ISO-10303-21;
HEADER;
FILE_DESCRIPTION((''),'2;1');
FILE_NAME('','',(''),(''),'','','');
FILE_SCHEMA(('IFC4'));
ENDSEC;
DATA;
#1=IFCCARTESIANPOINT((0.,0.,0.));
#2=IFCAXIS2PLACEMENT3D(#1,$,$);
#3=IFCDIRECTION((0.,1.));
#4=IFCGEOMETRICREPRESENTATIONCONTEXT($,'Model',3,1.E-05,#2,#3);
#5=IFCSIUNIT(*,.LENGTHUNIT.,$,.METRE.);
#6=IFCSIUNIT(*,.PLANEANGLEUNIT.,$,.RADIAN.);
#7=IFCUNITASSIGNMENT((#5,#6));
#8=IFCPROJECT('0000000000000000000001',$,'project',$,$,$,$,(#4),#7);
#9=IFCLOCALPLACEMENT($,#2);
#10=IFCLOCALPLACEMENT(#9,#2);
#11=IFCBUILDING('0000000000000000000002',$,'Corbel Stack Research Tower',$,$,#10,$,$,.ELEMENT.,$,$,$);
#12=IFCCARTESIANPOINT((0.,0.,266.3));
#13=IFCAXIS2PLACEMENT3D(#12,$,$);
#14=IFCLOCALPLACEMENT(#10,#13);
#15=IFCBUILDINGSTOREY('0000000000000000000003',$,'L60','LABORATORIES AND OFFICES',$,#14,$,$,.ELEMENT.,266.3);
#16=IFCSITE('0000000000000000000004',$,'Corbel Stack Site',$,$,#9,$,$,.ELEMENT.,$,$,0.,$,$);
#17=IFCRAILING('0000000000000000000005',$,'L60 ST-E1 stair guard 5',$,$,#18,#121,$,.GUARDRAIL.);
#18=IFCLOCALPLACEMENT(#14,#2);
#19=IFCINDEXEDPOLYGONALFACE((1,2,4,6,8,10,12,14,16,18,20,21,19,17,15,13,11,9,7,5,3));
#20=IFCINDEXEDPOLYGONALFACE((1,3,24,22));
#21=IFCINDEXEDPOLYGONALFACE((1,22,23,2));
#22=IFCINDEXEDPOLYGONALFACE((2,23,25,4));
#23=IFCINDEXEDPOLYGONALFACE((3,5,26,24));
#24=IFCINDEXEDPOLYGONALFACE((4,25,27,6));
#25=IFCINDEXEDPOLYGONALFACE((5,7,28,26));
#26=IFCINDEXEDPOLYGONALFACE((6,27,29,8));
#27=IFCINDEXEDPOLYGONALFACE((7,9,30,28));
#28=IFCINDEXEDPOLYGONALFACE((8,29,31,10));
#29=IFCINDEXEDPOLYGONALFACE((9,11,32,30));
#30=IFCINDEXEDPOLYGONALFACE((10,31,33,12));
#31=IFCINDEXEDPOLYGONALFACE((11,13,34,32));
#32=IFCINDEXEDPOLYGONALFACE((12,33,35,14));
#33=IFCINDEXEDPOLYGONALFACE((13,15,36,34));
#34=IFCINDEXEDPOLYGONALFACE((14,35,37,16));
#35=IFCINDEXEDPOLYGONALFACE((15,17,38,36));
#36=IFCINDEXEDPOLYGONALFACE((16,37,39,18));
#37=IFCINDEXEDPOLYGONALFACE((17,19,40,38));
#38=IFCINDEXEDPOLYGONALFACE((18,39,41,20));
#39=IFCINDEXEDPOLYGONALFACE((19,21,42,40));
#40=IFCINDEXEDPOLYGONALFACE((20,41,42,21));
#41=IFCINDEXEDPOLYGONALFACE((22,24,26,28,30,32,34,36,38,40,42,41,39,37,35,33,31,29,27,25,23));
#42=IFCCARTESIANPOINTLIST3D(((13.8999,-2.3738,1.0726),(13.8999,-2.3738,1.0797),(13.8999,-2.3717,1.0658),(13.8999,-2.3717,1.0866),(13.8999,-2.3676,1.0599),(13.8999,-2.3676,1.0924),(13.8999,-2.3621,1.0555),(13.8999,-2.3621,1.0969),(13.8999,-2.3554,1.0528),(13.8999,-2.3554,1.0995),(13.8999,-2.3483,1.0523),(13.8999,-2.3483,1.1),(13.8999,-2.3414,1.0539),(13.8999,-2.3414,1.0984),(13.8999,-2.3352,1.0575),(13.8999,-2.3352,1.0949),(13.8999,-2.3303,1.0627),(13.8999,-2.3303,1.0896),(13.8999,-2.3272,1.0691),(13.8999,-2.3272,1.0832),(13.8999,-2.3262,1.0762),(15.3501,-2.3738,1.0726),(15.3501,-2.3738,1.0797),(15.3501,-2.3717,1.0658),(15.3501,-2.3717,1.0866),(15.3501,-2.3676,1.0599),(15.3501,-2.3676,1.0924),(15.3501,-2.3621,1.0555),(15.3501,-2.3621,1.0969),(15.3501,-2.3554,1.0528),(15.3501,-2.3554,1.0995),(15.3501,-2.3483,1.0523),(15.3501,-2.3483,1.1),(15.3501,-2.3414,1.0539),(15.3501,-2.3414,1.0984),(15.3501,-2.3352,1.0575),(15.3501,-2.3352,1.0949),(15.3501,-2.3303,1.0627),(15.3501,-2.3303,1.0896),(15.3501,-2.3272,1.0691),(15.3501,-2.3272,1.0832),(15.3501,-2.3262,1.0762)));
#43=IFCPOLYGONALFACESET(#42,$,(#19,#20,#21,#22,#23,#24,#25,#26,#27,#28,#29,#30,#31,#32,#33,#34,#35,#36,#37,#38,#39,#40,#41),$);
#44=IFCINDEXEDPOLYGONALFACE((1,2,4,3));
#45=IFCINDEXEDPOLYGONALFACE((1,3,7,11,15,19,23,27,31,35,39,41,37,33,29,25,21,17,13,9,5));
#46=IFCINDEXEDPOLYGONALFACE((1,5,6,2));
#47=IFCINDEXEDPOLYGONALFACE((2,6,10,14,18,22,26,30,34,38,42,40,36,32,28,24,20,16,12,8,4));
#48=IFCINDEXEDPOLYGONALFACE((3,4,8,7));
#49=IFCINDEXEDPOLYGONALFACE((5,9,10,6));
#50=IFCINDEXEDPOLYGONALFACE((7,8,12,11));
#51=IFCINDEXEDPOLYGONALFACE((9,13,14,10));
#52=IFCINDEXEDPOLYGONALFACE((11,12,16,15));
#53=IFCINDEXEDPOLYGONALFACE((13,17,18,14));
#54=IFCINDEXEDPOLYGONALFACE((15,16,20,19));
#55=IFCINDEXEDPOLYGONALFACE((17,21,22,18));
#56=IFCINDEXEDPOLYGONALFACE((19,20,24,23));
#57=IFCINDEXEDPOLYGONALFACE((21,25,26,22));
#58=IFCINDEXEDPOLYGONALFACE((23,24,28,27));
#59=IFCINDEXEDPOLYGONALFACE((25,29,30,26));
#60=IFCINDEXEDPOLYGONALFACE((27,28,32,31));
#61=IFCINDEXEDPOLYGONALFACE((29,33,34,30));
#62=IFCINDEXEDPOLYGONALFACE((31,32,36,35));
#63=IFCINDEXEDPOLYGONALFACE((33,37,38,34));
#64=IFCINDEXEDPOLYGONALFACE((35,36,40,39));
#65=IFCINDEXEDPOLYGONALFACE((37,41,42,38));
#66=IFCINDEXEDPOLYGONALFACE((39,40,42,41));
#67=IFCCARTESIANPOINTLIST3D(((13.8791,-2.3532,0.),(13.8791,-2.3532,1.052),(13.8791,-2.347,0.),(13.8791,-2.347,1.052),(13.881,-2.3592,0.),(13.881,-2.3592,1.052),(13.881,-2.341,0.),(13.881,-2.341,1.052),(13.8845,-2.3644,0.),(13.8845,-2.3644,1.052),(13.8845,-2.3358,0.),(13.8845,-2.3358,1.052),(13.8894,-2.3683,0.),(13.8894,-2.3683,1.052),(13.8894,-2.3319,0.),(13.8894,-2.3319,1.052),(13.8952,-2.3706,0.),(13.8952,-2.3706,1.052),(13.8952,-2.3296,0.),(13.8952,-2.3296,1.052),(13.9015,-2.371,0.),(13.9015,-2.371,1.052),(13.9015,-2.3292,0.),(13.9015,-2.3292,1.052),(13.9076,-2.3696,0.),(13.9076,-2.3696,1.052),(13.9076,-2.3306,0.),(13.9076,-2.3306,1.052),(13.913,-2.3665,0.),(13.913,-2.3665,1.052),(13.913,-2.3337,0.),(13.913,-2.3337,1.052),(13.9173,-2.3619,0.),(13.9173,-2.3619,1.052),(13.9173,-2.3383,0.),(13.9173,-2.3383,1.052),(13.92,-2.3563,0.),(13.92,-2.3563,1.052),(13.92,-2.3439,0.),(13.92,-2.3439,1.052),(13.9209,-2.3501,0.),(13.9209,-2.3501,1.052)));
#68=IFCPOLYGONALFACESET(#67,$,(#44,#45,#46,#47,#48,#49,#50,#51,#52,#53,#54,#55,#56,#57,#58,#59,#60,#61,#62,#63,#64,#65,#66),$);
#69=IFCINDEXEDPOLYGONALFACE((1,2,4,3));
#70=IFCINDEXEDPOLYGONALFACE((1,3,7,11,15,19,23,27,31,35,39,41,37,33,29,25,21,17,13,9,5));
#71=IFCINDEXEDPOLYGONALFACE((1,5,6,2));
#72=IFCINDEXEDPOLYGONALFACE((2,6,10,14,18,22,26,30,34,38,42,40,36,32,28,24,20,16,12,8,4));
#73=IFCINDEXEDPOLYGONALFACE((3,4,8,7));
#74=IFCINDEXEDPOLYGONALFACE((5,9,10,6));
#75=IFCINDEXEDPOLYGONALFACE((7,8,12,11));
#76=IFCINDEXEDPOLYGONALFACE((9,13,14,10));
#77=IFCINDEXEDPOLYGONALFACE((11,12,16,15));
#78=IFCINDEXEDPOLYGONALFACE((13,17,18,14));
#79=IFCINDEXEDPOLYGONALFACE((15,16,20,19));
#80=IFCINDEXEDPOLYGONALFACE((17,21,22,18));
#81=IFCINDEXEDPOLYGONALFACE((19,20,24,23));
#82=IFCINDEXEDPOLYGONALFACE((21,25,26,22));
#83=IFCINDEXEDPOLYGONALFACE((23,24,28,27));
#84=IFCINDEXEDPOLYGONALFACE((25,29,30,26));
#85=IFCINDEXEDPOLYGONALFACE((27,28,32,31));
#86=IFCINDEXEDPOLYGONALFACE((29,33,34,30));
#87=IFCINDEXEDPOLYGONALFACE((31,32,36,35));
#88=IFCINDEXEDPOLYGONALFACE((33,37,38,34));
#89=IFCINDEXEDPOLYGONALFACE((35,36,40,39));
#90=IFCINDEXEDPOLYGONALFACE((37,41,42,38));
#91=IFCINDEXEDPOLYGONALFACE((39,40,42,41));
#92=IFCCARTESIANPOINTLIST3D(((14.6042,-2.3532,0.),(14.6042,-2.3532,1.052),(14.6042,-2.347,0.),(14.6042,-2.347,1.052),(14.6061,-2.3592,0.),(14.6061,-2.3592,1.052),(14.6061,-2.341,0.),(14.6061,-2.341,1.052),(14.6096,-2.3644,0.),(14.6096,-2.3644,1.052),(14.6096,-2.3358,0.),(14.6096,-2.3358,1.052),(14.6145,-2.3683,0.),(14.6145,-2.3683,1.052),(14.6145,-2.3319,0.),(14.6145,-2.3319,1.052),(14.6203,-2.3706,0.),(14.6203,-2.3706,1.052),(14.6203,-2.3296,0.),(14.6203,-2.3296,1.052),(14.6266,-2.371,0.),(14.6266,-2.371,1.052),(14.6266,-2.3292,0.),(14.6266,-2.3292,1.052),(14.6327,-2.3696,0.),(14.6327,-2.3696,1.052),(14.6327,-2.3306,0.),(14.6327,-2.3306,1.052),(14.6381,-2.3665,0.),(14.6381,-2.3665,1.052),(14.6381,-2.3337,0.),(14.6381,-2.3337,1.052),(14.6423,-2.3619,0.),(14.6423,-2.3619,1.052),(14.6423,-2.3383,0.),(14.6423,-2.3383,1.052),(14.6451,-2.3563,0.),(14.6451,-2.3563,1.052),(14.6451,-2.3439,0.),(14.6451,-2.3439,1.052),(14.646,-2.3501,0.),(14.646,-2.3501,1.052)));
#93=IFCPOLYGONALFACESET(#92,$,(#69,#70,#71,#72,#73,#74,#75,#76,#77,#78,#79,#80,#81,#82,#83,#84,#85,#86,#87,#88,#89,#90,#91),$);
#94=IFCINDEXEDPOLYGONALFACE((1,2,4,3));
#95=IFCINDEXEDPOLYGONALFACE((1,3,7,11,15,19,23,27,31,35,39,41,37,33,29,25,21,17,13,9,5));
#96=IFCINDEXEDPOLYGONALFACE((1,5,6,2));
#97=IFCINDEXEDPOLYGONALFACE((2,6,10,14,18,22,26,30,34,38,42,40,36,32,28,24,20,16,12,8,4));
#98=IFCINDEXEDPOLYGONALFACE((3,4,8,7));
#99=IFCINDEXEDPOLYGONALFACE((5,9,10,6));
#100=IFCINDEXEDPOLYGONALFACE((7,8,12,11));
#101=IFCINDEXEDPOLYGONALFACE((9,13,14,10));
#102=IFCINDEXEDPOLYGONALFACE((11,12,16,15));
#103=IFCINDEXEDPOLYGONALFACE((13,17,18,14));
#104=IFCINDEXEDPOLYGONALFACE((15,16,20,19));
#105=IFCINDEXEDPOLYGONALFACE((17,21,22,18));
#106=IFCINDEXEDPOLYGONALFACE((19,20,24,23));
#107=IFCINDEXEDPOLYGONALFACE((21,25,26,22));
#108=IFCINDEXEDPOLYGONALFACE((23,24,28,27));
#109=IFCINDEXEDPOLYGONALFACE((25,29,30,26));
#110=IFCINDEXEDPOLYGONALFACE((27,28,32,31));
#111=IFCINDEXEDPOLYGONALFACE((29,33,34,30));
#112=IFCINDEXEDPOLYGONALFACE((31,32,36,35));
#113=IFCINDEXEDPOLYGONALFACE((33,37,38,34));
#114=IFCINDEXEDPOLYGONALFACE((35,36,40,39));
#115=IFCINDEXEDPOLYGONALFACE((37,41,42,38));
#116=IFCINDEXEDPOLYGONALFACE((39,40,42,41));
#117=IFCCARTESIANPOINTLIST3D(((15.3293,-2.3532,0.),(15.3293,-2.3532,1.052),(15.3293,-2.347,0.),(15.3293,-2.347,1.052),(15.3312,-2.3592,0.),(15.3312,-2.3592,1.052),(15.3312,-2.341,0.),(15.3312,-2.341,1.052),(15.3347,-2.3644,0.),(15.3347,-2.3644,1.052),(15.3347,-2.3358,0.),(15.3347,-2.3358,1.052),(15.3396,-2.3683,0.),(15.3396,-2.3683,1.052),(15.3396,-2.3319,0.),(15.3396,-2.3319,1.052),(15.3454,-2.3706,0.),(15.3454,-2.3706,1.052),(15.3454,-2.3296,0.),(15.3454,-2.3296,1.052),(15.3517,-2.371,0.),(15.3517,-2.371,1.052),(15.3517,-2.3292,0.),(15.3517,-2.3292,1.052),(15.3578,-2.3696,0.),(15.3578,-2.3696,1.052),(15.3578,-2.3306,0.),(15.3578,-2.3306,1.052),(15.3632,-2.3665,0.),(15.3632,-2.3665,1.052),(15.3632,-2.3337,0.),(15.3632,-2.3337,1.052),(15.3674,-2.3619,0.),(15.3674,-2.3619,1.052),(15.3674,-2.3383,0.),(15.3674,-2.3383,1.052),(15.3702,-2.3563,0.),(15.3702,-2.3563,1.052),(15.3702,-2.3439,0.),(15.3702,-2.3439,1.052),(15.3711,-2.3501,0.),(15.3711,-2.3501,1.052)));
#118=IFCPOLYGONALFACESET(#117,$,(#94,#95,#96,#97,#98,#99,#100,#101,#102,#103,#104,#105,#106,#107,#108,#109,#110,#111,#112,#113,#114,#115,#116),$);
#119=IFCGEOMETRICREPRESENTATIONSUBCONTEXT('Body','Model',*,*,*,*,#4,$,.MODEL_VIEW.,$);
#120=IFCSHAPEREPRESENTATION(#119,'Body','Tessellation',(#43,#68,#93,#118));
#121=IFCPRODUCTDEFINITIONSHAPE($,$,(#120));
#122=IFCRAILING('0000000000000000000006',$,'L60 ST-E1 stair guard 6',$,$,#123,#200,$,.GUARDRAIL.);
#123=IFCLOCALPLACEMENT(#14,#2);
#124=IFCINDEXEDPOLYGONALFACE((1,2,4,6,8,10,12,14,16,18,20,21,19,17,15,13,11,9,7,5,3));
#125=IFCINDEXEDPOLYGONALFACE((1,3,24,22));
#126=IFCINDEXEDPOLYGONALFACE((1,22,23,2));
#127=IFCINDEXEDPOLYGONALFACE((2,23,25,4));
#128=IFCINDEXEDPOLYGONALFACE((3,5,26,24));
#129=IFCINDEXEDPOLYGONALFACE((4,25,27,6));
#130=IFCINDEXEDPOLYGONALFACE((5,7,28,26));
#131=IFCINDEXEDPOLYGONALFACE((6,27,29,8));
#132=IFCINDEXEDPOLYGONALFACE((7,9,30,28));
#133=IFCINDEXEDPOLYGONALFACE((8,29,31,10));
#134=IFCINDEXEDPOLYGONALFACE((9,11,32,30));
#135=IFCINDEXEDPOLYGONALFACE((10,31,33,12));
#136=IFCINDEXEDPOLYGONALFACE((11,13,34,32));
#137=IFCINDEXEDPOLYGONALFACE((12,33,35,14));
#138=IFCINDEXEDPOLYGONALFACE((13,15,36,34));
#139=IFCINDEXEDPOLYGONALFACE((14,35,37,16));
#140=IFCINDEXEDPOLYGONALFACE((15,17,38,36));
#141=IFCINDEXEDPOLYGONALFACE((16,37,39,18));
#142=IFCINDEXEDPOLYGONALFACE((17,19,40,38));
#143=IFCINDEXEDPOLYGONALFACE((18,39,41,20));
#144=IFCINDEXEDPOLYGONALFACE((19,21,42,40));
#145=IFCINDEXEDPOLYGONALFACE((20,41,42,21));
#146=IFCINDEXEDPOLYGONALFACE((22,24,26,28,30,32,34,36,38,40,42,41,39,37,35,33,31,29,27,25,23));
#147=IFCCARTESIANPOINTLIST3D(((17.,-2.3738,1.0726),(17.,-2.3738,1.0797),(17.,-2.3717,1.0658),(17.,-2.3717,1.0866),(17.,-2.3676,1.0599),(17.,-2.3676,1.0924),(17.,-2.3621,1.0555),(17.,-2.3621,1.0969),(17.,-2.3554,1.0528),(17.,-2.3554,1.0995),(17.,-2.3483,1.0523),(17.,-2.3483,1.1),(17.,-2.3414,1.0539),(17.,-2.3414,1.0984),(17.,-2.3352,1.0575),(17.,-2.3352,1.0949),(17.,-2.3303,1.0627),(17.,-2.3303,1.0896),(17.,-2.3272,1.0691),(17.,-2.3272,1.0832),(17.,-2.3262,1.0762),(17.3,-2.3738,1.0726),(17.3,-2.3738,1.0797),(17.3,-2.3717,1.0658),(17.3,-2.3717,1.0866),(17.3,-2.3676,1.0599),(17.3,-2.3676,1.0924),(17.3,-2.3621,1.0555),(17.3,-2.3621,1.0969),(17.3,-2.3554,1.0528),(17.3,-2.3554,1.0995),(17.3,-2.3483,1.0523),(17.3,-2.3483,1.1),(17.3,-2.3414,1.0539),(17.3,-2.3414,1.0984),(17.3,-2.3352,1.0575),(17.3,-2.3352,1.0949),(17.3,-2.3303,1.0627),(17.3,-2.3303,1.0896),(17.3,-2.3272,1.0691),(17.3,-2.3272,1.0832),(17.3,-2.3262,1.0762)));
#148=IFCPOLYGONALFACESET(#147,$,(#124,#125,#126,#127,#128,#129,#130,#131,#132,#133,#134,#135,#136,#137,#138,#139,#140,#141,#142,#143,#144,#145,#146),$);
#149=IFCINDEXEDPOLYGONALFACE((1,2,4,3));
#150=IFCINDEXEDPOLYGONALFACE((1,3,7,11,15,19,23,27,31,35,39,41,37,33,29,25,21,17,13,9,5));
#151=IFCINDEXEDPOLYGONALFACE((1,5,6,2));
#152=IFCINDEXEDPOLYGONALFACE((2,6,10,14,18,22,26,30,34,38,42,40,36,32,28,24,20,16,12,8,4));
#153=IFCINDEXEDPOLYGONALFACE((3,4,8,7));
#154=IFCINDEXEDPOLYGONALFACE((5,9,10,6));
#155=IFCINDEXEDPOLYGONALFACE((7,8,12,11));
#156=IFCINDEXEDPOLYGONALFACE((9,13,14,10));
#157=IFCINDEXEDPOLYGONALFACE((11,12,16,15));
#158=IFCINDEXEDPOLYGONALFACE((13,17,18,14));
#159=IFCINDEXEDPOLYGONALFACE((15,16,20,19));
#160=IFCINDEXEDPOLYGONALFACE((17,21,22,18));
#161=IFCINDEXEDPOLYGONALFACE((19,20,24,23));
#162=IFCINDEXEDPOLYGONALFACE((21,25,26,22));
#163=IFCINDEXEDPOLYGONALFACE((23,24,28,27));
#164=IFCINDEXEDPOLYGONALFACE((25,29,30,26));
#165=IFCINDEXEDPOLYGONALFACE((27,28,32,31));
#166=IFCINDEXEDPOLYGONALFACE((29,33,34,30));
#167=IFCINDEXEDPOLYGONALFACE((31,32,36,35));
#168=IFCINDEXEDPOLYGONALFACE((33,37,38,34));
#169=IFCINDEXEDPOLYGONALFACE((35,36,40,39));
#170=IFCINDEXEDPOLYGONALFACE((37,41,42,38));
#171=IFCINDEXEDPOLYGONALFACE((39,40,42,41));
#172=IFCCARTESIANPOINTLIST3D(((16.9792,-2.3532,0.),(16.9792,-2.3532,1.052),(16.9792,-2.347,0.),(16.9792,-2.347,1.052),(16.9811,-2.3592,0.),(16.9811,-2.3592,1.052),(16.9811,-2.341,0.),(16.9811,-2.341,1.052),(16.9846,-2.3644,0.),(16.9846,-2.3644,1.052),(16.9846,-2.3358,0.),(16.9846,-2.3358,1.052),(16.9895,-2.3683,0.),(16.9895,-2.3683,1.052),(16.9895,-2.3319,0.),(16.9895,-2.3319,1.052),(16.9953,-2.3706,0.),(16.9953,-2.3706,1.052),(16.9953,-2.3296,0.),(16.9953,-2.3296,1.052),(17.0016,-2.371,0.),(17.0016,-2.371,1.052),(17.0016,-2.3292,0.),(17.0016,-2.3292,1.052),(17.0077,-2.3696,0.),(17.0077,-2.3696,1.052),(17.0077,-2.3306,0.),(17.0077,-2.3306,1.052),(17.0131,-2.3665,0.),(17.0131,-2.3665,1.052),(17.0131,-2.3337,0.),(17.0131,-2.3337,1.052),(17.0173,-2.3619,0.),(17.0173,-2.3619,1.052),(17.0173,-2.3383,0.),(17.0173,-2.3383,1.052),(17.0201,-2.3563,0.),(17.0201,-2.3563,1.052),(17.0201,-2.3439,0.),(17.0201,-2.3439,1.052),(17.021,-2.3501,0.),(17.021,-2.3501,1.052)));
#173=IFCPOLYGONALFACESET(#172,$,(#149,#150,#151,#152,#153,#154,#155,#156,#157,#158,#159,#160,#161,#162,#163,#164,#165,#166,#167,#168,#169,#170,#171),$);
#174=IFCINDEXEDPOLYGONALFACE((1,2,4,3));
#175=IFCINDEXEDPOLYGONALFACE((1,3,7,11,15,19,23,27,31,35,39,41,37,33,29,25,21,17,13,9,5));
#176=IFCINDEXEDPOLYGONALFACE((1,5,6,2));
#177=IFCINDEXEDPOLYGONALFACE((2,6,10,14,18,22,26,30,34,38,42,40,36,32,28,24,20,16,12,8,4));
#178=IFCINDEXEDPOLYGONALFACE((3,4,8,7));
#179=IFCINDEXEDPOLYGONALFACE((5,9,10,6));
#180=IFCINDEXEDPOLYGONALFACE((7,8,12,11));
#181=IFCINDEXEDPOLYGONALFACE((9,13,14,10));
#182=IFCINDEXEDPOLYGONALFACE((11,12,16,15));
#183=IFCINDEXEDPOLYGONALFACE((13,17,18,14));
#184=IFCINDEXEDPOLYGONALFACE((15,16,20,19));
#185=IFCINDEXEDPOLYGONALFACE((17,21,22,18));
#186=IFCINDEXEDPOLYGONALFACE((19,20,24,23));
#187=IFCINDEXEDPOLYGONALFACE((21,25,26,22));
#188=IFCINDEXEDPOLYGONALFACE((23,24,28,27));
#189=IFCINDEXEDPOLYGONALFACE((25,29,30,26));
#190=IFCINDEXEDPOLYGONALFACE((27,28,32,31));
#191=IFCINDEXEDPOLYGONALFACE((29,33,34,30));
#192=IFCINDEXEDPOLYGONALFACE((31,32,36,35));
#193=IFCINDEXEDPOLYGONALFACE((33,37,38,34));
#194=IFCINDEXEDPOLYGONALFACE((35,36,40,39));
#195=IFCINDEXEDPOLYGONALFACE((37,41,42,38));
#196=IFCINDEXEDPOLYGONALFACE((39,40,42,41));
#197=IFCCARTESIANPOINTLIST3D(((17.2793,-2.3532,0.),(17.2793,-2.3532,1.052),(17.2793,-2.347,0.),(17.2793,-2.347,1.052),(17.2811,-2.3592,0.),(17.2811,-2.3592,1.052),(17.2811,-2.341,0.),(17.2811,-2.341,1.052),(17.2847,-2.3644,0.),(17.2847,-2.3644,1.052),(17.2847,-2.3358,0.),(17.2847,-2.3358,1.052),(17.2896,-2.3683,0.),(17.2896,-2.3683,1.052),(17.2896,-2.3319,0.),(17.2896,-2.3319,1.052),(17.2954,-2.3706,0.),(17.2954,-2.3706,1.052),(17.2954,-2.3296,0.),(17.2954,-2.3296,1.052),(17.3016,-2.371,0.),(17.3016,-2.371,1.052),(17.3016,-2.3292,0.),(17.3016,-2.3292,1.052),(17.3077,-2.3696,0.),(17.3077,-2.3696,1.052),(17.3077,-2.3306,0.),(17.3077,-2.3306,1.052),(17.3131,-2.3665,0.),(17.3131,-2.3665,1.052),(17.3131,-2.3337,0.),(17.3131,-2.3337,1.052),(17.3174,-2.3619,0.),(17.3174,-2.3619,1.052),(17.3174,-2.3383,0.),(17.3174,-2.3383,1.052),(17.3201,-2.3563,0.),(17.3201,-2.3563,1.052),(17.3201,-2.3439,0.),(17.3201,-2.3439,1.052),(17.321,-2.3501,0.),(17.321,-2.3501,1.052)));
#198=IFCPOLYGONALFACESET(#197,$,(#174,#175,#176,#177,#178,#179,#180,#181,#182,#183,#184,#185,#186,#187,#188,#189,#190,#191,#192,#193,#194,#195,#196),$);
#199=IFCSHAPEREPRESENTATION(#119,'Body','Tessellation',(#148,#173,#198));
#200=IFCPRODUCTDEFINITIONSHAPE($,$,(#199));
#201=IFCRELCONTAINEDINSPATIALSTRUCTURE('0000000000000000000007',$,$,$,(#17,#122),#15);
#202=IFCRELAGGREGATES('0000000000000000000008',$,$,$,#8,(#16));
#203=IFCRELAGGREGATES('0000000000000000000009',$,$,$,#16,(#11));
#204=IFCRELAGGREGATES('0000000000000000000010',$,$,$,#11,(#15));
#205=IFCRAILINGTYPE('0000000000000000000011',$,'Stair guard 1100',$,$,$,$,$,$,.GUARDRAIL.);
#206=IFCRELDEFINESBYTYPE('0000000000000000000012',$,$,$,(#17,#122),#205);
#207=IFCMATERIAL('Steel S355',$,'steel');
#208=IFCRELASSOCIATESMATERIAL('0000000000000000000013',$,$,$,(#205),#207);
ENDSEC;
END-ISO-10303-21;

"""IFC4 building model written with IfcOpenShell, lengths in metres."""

from ifc_helpers import new_model, si_unit, direction, frame, origin, origin_2d, place, context, subcontext, project, spatial, circle, extrude, material, type_object, element, save


model = new_model("IFC4")

# Units and contexts
model_context = context("Model", 3, precision=1e-05, world=origin(), true_north=direction((0.0, 1.0)))
body_context = subcontext(model_context, "Body", "Model", "MODEL_VIEW")
ifc_project = project(units=[si_unit("LENGTHUNIT", "METRE"), si_unit("PLANEANGLEUNIT", "RADIAN")], contexts=[model_context])

# Site, building, storey
site_placement = place(None, origin())
site = spatial("IfcSite", under=ifc_project, at=site_placement, Name="Corbel Stack Site", CompositionType="ELEMENT", RefElevation=0.0)
building_placement = place(site_placement, origin())
building = spatial("IfcBuilding", under=site, at=building_placement, Name="Corbel Stack Research Tower", CompositionType="ELEMENT")
storey_placement = place(building_placement, frame((0.0, 0.0, 266.3)))
storey = spatial("IfcBuildingStorey", under=building, at=storey_placement, Name="L60", Description="LABORATORIES AND OFFICES", CompositionType="ELEMENT", Elevation=266.3)

# Railings
ifc_material_1 = material(Name="Steel S355", Category="steel")
railing_type_1 = type_object("IfcRailingType", Name="Stair guard 1100", PredefinedType="GUARDRAIL", material=ifc_material_1)
railing_1_placement = place(storey_placement, frame((13.8999, -2.3501, 0.0)))
element("IfcRailing", 1, at=railing_1_placement, inside=storey, type_object=railing_type_1, Name="L60 ST-E1 stair guard 5", PredefinedType="GUARDRAIL", context=body_context, shape_type="SweptSolid", body=[
    extrude(circle(Radius=0.0239, at=origin_2d()), frame((0.0, 0.0, 1.0762), z_axis=(1.0, 0.0, 0.0), x_axis=(0.0, 1.0, 0.0)), (0.0, 0.0, 1.0), 1.4502),
    extrude(circle(Radius=0.021, at=origin_2d()), origin(), (0.0, 0.0, 1.0), 1.052),
    extrude(circle(Radius=0.021, at=origin_2d()), frame((0.7251, 0.0, 0.0)), (0.0, 0.0, 1.0), 1.052),
    extrude(circle(Radius=0.021, at=origin_2d()), frame((1.4502, 0.0, 0.0)), (0.0, 0.0, 1.0), 1.052),
])
railing_2_placement = place(storey_placement, frame((17.0, -2.3501, 0.0)))
element("IfcRailing", 2, at=railing_2_placement, inside=storey, type_object=railing_type_1, Name="L60 ST-E1 stair guard 6", PredefinedType="GUARDRAIL", context=body_context, shape_type="SweptSolid", body=[
    extrude(circle(Radius=0.0239, at=origin_2d()), frame((0.0, 0.0, 1.0762), z_axis=(1.0, 0.0, 0.0), x_axis=(0.0, 1.0, 0.0)), (0.0, 0.0, 1.0), 0.3),
    extrude(circle(Radius=0.021, at=origin_2d()), origin(), (0.0, 0.0, 1.0), 1.052),
    extrude(circle(Radius=0.021, at=origin_2d()), frame((0.3, 0.0, 0.0)), (0.0, 0.0, 1.0), 1.052),
])

save(model, "model.ifc")
